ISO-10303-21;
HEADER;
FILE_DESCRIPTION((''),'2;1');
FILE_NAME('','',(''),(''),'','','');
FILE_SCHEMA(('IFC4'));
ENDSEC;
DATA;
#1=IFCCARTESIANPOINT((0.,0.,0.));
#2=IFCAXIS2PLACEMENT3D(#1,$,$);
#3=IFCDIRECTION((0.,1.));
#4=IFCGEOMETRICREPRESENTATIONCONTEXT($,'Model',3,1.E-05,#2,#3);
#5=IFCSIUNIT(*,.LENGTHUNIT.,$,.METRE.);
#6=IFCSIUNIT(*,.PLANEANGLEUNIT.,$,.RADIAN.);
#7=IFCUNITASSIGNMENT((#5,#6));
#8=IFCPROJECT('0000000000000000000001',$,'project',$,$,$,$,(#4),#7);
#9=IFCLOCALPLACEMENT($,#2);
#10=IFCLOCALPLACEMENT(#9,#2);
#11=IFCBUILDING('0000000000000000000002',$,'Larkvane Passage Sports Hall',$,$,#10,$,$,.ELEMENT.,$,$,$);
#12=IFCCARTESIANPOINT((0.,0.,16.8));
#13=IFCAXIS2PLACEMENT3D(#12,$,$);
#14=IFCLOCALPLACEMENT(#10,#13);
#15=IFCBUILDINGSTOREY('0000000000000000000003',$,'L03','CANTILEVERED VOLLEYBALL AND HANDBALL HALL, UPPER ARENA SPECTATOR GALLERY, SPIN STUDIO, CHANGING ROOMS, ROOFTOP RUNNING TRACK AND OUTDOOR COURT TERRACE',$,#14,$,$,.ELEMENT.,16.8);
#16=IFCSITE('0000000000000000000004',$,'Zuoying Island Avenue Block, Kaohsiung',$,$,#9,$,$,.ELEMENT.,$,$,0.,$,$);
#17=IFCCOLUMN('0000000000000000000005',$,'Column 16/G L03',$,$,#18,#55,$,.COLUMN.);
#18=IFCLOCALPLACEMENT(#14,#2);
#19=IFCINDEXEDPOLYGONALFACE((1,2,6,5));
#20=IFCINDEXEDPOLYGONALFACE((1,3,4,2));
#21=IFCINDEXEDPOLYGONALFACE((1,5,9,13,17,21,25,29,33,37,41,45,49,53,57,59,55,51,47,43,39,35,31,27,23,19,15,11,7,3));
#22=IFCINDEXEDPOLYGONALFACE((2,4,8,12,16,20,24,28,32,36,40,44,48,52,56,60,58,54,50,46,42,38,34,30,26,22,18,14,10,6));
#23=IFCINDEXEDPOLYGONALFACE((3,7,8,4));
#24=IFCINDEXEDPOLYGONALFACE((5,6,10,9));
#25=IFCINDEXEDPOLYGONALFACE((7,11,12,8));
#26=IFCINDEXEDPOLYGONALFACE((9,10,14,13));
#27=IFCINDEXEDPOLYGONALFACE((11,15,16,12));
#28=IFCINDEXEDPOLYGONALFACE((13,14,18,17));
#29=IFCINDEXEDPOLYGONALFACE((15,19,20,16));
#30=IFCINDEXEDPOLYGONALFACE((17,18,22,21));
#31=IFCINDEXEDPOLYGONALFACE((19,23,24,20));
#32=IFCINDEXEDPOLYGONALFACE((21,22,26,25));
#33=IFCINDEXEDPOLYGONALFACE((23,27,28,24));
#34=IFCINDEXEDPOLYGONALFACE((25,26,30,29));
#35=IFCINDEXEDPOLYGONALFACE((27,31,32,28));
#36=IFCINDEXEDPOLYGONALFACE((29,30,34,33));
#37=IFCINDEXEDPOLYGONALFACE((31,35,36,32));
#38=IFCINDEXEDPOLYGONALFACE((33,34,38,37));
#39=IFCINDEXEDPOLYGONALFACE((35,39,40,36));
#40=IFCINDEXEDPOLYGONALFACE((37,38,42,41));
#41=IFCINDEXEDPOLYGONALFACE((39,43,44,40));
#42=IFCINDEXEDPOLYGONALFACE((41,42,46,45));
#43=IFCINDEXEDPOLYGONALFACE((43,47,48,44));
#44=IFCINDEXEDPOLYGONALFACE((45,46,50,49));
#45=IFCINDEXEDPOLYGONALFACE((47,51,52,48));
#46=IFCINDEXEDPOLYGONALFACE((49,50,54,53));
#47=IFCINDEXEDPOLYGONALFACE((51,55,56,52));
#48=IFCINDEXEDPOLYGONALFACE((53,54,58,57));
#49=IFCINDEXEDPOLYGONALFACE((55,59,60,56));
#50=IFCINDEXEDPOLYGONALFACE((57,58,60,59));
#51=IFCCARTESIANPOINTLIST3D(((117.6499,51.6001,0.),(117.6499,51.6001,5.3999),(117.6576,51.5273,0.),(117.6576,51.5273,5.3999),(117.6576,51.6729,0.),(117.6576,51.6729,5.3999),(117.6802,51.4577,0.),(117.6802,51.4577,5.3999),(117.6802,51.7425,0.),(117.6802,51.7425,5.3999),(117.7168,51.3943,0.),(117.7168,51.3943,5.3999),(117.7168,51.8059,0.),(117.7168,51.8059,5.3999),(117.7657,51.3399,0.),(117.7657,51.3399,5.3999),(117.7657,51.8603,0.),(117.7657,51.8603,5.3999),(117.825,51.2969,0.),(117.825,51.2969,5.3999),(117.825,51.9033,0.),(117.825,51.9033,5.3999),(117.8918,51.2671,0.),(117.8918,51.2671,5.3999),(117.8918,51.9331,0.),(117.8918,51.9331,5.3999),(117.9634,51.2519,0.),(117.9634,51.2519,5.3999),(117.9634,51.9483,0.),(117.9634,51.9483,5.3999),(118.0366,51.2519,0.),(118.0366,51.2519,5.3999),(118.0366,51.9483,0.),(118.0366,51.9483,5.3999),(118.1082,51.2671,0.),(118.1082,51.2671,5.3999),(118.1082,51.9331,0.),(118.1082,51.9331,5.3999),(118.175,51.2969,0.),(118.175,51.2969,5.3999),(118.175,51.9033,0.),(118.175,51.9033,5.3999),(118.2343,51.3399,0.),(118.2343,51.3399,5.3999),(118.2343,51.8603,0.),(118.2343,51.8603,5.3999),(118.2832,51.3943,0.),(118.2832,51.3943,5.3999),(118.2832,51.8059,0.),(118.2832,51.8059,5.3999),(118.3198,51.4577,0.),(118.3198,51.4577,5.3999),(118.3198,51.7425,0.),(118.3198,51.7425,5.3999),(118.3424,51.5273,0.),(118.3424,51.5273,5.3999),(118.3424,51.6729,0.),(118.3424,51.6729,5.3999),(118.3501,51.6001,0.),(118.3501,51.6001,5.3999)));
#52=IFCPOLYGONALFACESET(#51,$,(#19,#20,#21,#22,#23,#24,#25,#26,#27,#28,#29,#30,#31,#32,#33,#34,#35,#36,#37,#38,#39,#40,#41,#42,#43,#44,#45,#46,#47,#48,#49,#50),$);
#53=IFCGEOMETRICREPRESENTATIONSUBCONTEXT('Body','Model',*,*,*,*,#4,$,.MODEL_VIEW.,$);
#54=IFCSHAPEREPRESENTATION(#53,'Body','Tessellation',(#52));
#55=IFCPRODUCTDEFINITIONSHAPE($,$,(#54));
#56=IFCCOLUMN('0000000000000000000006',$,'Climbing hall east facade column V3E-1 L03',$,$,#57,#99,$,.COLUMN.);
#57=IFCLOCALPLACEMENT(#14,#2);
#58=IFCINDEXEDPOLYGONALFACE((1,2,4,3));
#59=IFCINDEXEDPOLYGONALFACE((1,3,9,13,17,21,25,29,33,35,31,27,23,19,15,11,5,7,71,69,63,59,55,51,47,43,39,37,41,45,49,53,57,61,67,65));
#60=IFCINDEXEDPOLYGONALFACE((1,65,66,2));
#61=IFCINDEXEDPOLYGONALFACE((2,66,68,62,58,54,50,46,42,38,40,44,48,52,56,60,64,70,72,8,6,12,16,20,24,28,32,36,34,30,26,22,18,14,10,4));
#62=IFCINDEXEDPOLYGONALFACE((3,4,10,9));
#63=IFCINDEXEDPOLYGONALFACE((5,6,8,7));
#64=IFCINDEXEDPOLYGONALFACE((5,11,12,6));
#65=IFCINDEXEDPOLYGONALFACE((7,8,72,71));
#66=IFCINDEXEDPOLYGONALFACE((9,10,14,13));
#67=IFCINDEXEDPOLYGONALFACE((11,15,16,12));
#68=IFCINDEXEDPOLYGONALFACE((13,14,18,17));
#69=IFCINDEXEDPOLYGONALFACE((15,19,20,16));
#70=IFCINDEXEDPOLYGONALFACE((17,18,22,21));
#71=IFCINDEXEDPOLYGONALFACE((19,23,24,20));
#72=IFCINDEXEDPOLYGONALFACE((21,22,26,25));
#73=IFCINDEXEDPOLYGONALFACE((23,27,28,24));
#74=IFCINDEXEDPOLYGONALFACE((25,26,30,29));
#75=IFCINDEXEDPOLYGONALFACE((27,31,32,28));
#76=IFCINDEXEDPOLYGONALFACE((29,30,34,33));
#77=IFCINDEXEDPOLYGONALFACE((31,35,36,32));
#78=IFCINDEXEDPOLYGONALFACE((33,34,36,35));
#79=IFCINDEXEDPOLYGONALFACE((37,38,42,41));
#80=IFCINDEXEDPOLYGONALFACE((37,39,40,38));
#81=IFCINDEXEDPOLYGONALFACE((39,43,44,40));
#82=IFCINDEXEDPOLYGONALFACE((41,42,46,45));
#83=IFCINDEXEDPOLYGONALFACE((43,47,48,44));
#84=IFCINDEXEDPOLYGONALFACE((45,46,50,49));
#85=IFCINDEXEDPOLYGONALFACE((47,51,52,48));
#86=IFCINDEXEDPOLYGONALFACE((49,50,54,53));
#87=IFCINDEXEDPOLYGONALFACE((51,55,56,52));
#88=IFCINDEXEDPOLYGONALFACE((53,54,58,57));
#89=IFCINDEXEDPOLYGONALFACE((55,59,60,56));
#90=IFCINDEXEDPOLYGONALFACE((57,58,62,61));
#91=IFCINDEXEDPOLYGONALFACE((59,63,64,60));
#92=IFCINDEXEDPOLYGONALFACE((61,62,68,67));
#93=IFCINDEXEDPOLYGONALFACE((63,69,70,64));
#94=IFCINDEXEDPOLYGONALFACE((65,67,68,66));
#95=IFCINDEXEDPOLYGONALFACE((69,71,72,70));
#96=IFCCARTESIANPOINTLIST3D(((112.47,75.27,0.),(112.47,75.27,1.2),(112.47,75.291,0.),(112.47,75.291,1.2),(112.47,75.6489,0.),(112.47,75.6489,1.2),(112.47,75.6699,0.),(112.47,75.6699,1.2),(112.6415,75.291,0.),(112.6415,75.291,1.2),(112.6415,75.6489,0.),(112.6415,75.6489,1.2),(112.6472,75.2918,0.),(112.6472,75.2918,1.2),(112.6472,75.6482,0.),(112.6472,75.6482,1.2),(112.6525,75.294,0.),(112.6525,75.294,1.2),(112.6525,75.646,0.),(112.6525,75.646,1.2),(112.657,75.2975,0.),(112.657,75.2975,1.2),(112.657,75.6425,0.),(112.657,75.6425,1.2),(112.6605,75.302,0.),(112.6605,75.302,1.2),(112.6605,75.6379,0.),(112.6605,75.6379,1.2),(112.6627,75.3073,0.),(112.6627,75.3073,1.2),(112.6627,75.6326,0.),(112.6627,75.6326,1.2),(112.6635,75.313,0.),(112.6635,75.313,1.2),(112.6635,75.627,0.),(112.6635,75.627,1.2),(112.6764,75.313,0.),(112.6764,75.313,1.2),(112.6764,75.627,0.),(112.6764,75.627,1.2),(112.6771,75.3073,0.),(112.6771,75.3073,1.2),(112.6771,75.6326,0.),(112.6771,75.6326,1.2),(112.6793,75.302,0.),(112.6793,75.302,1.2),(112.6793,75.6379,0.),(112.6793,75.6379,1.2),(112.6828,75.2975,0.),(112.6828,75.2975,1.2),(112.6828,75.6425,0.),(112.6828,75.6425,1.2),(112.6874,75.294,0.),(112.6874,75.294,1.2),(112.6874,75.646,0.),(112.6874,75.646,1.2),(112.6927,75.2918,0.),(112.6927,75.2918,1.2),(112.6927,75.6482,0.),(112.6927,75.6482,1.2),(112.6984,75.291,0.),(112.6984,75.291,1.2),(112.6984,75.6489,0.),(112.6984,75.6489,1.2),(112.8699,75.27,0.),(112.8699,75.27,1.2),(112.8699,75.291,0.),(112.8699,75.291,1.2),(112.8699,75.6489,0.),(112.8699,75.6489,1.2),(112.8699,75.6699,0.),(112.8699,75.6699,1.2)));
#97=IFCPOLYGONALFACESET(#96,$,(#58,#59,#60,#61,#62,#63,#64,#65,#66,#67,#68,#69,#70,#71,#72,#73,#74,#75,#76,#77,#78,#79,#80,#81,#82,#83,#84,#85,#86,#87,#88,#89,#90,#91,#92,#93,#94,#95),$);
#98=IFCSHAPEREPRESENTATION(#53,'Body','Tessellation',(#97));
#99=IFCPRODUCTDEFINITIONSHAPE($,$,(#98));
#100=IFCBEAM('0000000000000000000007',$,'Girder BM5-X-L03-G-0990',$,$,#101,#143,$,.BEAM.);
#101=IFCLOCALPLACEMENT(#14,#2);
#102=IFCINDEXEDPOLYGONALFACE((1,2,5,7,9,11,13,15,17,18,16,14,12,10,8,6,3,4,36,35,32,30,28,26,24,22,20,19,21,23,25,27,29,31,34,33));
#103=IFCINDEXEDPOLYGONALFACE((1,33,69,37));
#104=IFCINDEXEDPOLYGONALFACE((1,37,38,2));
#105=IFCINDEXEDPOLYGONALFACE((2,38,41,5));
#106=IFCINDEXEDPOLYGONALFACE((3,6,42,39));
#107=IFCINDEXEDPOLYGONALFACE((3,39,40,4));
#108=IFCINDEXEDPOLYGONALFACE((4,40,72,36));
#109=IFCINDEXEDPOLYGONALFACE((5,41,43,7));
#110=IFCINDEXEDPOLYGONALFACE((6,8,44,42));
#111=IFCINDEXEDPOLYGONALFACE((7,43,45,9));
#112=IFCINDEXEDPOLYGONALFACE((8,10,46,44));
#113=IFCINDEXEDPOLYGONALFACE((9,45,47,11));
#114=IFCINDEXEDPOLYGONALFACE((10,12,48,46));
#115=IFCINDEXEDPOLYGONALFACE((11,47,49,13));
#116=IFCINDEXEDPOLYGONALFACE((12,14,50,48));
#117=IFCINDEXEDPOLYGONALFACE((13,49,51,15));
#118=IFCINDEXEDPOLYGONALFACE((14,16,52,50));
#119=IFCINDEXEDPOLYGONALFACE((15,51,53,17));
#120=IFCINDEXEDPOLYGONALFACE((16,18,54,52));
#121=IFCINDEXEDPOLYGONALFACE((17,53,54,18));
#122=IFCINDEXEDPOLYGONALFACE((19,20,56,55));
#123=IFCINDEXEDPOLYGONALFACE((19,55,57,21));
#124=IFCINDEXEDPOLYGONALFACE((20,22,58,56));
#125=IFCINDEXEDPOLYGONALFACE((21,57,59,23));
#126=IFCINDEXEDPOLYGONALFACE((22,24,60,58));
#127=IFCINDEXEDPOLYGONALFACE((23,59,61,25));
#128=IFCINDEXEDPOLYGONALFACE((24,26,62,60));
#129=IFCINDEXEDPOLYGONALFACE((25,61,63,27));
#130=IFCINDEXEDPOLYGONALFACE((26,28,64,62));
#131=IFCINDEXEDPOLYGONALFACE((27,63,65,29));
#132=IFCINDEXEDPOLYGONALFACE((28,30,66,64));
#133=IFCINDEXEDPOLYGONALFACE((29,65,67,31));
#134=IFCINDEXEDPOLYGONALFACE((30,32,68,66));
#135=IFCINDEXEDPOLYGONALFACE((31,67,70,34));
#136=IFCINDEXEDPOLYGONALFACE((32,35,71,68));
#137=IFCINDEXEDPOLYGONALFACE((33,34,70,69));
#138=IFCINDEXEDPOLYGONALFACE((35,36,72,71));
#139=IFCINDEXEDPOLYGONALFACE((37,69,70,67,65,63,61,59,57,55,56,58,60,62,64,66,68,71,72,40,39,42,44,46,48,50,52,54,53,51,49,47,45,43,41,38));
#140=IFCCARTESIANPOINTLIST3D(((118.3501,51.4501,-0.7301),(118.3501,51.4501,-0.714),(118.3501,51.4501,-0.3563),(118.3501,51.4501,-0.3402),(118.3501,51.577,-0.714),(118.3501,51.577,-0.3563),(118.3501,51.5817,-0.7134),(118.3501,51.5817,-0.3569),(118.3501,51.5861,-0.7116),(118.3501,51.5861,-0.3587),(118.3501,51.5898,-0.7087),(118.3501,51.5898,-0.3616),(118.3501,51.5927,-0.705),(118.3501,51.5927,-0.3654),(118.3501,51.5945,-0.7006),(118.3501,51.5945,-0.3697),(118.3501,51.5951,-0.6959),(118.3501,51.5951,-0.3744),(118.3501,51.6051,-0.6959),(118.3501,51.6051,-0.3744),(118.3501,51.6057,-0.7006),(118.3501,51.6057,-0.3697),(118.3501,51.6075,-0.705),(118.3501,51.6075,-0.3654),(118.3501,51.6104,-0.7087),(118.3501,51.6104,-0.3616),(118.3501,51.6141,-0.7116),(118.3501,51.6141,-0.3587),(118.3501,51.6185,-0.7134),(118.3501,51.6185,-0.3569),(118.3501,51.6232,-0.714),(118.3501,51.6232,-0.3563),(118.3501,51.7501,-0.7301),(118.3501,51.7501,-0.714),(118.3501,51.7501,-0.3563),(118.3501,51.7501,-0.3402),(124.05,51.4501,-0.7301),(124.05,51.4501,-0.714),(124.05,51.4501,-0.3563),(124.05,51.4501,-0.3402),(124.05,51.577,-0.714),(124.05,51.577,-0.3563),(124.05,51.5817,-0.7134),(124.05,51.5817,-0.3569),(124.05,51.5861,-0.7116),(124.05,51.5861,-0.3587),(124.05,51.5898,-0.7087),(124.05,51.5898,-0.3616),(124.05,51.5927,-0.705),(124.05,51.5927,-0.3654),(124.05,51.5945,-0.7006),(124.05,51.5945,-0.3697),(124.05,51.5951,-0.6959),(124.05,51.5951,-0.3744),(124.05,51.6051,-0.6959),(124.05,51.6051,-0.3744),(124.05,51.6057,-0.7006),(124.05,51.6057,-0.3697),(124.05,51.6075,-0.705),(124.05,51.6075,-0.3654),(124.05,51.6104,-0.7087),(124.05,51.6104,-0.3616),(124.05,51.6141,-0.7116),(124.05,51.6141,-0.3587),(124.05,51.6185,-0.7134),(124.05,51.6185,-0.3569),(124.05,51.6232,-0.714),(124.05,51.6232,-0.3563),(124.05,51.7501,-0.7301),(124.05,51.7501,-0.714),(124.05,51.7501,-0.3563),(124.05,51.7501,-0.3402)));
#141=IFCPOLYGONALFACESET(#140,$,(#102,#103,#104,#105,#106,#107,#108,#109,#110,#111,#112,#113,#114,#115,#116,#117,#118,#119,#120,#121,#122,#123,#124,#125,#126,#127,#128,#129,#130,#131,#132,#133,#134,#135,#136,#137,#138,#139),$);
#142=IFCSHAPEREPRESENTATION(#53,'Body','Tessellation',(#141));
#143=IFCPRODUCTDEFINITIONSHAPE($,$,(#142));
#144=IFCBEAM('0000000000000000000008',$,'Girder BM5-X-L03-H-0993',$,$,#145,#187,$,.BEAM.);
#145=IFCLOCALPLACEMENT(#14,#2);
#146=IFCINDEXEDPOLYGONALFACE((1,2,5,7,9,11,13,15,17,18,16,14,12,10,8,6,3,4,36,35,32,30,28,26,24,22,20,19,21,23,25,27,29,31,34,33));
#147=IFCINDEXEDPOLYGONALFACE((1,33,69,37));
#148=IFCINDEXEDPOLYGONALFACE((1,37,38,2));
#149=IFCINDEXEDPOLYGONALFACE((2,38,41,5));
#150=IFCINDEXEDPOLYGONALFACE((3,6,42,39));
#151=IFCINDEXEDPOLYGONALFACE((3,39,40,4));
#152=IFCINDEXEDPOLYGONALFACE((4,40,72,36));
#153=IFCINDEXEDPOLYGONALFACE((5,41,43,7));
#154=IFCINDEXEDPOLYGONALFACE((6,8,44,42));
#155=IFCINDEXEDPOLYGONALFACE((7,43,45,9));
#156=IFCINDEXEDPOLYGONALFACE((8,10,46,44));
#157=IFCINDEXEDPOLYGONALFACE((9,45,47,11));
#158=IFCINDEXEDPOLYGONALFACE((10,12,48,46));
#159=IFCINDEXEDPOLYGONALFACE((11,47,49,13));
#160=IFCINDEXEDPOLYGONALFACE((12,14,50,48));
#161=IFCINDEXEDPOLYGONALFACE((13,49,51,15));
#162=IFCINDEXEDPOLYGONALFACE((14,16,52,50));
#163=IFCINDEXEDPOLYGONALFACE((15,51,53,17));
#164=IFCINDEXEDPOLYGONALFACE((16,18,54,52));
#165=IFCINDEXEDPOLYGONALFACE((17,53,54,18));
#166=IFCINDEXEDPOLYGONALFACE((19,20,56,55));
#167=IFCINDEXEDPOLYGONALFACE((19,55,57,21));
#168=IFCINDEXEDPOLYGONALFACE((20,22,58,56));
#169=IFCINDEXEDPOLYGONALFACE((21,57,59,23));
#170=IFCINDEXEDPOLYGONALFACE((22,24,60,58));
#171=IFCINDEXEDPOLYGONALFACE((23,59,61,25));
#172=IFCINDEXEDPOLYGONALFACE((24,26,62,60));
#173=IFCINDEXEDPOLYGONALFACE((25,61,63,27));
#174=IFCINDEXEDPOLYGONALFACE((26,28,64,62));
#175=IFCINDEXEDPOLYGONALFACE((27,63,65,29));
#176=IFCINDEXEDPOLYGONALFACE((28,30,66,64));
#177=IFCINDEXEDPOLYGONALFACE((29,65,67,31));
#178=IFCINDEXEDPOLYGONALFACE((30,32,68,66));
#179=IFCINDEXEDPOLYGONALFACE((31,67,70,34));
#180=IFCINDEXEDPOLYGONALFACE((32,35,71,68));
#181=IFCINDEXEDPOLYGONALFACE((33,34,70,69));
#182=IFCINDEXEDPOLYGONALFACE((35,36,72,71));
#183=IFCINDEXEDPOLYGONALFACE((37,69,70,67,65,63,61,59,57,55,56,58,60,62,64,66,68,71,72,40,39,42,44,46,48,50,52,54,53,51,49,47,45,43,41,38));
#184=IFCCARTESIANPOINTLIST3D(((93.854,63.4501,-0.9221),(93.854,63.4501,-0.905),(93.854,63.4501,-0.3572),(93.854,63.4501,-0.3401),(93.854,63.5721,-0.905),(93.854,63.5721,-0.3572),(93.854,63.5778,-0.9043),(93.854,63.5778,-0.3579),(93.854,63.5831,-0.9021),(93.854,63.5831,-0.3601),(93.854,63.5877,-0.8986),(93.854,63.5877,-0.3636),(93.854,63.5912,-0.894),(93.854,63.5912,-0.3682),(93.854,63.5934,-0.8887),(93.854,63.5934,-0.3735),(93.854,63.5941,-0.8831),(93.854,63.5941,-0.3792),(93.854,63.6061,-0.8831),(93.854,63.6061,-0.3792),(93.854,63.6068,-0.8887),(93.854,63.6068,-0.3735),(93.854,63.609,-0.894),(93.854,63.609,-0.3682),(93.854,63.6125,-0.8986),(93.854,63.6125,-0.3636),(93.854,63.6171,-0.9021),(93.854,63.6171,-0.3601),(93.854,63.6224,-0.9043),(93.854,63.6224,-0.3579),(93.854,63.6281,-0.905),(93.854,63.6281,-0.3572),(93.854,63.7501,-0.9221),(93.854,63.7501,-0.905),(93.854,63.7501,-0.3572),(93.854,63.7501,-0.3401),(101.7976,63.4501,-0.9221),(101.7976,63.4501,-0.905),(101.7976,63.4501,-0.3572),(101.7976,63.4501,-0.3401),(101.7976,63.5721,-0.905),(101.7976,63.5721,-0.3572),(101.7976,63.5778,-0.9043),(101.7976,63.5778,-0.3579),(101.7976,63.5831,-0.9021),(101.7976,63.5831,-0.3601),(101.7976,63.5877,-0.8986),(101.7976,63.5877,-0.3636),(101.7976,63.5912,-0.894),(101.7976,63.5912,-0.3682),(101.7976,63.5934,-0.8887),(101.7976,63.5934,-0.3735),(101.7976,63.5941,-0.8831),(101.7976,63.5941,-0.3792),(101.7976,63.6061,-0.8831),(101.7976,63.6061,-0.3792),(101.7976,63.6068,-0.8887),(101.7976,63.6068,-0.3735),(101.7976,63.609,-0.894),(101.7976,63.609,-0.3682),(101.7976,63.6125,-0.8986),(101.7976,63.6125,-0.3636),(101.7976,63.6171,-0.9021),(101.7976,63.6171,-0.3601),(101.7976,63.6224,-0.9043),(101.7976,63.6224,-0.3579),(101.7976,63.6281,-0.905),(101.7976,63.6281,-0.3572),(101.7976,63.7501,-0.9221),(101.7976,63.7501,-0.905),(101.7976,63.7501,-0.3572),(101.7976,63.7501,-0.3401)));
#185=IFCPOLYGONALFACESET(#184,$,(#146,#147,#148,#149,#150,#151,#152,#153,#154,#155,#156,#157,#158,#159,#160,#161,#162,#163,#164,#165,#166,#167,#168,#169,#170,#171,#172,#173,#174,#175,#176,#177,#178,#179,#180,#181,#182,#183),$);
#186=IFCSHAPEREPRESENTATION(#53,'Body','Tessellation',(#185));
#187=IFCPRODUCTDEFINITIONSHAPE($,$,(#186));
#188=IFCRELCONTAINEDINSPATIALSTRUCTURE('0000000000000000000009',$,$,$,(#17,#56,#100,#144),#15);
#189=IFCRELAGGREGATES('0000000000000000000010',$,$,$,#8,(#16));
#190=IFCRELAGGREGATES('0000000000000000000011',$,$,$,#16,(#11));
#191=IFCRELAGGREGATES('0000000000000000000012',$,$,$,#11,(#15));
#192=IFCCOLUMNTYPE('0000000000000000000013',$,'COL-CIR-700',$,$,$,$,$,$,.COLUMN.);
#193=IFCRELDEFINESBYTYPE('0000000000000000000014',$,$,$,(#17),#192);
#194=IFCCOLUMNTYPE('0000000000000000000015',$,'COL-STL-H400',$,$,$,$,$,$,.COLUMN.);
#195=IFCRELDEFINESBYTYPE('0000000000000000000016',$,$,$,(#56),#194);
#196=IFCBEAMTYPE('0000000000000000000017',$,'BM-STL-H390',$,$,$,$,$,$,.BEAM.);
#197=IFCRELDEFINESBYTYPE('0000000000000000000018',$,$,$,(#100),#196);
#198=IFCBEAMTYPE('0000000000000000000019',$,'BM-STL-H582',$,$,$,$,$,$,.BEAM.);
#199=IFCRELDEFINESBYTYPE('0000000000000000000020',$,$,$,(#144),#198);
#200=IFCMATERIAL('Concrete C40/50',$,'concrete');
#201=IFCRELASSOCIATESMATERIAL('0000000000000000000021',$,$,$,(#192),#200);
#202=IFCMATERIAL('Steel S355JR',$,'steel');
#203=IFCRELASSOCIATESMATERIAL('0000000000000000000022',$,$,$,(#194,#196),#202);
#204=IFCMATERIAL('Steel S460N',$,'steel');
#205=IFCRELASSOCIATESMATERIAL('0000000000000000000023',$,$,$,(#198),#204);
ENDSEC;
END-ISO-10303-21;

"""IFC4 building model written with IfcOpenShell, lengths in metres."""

from ifc_helpers import new_model, si_unit, direction, frame, origin, origin_2d, place, context, subcontext, project, spatial, circle, i_section, extrude, material, material_profile, profile_set, type_object, element, save


model = new_model("IFC4")

# Units and contexts
model_context = context("Model", 3, precision=1e-05, world=origin(), true_north=direction((0.0, 1.0)))
body_context = subcontext(model_context, "Body", "Model", "MODEL_VIEW")
ifc_project = project(units=[si_unit("LENGTHUNIT", "METRE"), si_unit("PLANEANGLEUNIT", "RADIAN")], contexts=[model_context])

# Site, building, storey
site_placement = place(None, origin())
site = spatial("IfcSite", under=ifc_project, at=site_placement, Name="Zuoying Island Avenue Block, Kaohsiung", CompositionType="ELEMENT", RefElevation=0.0)
building_placement = place(site_placement, origin())
building = spatial("IfcBuilding", under=site, at=building_placement, Name="Larkvane Passage Sports Hall", CompositionType="ELEMENT")
storey_placement = place(building_placement, frame((0.0, 0.0, 16.8)))
storey = spatial("IfcBuildingStorey", under=building, at=storey_placement, Name="L03", Description="CANTILEVERED VOLLEYBALL AND HANDBALL HALL, UPPER ARENA SPECTATOR GALLERY, SPIN STUDIO, CHANGING ROOMS, ROOFTOP RUNNING TRACK AND OUTDOOR COURT TERRACE", CompositionType="ELEMENT", Elevation=16.8)

# Columns
ifc_material_1 = material(Name="Concrete C40/50", Category="concrete")
ifc_material_profile_1 = material_profile(ifc_material_1, circle(Radius=0.3501, at=origin_2d()), Name="RC-CIR-700")
ifc_profile_set_1 = profile_set([ifc_material_profile_1], Name="Concrete C40/50")
column_type_1 = type_object("IfcColumnType", Name="COL-CIR-700", PredefinedType="COLUMN", material=ifc_profile_set_1)
column_1_placement = place(storey_placement, frame((118.0, 51.6001, 0.0), z_axis=(0.0, 0.0, 1.0), x_axis=(1.0, 0.0, 0.0)))
element("IfcColumn", 1, at=column_1_placement, inside=storey, type_object=column_type_1, Name="Column 16/G L03", PredefinedType="COLUMN", context=body_context, shape_type="SweptSolid", body=[
    extrude(circle(Radius=0.3501, at=origin_2d()), origin(), (0.0, 0.0, 1.0), 5.3999),
])
ifc_material_2 = material(Name="Steel S355JR", Category="steel")
ifc_material_profile_2 = material_profile(ifc_material_2, i_section(OverallWidth=0.3999, OverallDepth=0.3999, WebThickness=0.0129, FlangeThickness=0.021, FilletRadius=0.022, at=origin_2d()), Name="H-400x400x13x21")
ifc_profile_set_2 = profile_set([ifc_material_profile_2], Name="Steel S355JR")
column_type_2 = type_object("IfcColumnType", Name="COL-STL-H400", PredefinedType="COLUMN", material=ifc_profile_set_2)
column_2_placement = place(storey_placement, frame((112.6699, 75.47, 0.0), z_axis=(0.0, 0.0, 1.0), x_axis=(1.0, 0.0, 0.0)))
element("IfcColumn", 2, at=column_2_placement, inside=storey, type_object=column_type_2, Name="Climbing hall east facade column V3E-1 L03", PredefinedType="COLUMN", context=body_context, shape_type="SweptSolid", body=[
    extrude(i_section(OverallWidth=0.3999, OverallDepth=0.3999, WebThickness=0.0129, FlangeThickness=0.021, FilletRadius=0.022, at=origin_2d()), origin(), (0.0, 0.0, 1.0), 1.2),
])

# Beams
ifc_material_profile_3 = material_profile(ifc_material_2, i_section(OverallWidth=0.3, OverallDepth=0.3899, WebThickness=0.01, FlangeThickness=0.0161, FilletRadius=0.0181, at=origin_2d()), Name="H-390x300x10x16")
ifc_profile_set_3 = profile_set([ifc_material_profile_3], Name="Steel S355JR")
beam_type_1 = type_object("IfcBeamType", Name="BM-STL-H390", PredefinedType="BEAM", material=ifc_profile_set_3)
beam_1_placement = place(storey_placement, frame((118.3501, 51.6001, -0.5352), z_axis=(1.0, 0.0, 0.0), x_axis=(0.0, 1.0, 0.0)))
element("IfcBeam", 3, at=beam_1_placement, inside=storey, type_object=beam_type_1, Name="Girder BM5-X-L03-G-0990", PredefinedType="BEAM", context=body_context, shape_type="SweptSolid", body=[
    extrude(i_section(OverallWidth=0.3, OverallDepth=0.3899, WebThickness=0.01, FlangeThickness=0.0161, FilletRadius=0.0181, at=origin_2d()), origin(), (0.0, 0.0, 1.0), 5.7),
])
ifc_material_3 = material(Name="Steel S460N", Category="steel")
ifc_material_profile_4 = material_profile(ifc_material_3, i_section(OverallWidth=0.3, OverallDepth=0.582, WebThickness=0.012, FlangeThickness=0.0171, FilletRadius=0.022, at=origin_2d()), Name="H-582x300x12x17")
ifc_profile_set_4 = profile_set([ifc_material_profile_4], Name="Steel S460N")
beam_type_2 = type_object("IfcBeamType", Name="BM-STL-H582", PredefinedType="BEAM", material=ifc_profile_set_4)
beam_2_placement = place(storey_placement, frame((93.854, 63.6001, -0.6311), z_axis=(1.0, 0.0, 0.0), x_axis=(0.0, 1.0, 0.0)))
element("IfcBeam", 4, at=beam_2_placement, inside=storey, type_object=beam_type_2, Name="Girder BM5-X-L03-H-0993", PredefinedType="BEAM", context=body_context, shape_type="SweptSolid", body=[
    extrude(i_section(OverallWidth=0.3, OverallDepth=0.582, WebThickness=0.012, FlangeThickness=0.0171, FilletRadius=0.022, at=origin_2d()), origin(), (0.0, 0.0, 1.0), 7.9436),
])

save(model, "model.ifc")
